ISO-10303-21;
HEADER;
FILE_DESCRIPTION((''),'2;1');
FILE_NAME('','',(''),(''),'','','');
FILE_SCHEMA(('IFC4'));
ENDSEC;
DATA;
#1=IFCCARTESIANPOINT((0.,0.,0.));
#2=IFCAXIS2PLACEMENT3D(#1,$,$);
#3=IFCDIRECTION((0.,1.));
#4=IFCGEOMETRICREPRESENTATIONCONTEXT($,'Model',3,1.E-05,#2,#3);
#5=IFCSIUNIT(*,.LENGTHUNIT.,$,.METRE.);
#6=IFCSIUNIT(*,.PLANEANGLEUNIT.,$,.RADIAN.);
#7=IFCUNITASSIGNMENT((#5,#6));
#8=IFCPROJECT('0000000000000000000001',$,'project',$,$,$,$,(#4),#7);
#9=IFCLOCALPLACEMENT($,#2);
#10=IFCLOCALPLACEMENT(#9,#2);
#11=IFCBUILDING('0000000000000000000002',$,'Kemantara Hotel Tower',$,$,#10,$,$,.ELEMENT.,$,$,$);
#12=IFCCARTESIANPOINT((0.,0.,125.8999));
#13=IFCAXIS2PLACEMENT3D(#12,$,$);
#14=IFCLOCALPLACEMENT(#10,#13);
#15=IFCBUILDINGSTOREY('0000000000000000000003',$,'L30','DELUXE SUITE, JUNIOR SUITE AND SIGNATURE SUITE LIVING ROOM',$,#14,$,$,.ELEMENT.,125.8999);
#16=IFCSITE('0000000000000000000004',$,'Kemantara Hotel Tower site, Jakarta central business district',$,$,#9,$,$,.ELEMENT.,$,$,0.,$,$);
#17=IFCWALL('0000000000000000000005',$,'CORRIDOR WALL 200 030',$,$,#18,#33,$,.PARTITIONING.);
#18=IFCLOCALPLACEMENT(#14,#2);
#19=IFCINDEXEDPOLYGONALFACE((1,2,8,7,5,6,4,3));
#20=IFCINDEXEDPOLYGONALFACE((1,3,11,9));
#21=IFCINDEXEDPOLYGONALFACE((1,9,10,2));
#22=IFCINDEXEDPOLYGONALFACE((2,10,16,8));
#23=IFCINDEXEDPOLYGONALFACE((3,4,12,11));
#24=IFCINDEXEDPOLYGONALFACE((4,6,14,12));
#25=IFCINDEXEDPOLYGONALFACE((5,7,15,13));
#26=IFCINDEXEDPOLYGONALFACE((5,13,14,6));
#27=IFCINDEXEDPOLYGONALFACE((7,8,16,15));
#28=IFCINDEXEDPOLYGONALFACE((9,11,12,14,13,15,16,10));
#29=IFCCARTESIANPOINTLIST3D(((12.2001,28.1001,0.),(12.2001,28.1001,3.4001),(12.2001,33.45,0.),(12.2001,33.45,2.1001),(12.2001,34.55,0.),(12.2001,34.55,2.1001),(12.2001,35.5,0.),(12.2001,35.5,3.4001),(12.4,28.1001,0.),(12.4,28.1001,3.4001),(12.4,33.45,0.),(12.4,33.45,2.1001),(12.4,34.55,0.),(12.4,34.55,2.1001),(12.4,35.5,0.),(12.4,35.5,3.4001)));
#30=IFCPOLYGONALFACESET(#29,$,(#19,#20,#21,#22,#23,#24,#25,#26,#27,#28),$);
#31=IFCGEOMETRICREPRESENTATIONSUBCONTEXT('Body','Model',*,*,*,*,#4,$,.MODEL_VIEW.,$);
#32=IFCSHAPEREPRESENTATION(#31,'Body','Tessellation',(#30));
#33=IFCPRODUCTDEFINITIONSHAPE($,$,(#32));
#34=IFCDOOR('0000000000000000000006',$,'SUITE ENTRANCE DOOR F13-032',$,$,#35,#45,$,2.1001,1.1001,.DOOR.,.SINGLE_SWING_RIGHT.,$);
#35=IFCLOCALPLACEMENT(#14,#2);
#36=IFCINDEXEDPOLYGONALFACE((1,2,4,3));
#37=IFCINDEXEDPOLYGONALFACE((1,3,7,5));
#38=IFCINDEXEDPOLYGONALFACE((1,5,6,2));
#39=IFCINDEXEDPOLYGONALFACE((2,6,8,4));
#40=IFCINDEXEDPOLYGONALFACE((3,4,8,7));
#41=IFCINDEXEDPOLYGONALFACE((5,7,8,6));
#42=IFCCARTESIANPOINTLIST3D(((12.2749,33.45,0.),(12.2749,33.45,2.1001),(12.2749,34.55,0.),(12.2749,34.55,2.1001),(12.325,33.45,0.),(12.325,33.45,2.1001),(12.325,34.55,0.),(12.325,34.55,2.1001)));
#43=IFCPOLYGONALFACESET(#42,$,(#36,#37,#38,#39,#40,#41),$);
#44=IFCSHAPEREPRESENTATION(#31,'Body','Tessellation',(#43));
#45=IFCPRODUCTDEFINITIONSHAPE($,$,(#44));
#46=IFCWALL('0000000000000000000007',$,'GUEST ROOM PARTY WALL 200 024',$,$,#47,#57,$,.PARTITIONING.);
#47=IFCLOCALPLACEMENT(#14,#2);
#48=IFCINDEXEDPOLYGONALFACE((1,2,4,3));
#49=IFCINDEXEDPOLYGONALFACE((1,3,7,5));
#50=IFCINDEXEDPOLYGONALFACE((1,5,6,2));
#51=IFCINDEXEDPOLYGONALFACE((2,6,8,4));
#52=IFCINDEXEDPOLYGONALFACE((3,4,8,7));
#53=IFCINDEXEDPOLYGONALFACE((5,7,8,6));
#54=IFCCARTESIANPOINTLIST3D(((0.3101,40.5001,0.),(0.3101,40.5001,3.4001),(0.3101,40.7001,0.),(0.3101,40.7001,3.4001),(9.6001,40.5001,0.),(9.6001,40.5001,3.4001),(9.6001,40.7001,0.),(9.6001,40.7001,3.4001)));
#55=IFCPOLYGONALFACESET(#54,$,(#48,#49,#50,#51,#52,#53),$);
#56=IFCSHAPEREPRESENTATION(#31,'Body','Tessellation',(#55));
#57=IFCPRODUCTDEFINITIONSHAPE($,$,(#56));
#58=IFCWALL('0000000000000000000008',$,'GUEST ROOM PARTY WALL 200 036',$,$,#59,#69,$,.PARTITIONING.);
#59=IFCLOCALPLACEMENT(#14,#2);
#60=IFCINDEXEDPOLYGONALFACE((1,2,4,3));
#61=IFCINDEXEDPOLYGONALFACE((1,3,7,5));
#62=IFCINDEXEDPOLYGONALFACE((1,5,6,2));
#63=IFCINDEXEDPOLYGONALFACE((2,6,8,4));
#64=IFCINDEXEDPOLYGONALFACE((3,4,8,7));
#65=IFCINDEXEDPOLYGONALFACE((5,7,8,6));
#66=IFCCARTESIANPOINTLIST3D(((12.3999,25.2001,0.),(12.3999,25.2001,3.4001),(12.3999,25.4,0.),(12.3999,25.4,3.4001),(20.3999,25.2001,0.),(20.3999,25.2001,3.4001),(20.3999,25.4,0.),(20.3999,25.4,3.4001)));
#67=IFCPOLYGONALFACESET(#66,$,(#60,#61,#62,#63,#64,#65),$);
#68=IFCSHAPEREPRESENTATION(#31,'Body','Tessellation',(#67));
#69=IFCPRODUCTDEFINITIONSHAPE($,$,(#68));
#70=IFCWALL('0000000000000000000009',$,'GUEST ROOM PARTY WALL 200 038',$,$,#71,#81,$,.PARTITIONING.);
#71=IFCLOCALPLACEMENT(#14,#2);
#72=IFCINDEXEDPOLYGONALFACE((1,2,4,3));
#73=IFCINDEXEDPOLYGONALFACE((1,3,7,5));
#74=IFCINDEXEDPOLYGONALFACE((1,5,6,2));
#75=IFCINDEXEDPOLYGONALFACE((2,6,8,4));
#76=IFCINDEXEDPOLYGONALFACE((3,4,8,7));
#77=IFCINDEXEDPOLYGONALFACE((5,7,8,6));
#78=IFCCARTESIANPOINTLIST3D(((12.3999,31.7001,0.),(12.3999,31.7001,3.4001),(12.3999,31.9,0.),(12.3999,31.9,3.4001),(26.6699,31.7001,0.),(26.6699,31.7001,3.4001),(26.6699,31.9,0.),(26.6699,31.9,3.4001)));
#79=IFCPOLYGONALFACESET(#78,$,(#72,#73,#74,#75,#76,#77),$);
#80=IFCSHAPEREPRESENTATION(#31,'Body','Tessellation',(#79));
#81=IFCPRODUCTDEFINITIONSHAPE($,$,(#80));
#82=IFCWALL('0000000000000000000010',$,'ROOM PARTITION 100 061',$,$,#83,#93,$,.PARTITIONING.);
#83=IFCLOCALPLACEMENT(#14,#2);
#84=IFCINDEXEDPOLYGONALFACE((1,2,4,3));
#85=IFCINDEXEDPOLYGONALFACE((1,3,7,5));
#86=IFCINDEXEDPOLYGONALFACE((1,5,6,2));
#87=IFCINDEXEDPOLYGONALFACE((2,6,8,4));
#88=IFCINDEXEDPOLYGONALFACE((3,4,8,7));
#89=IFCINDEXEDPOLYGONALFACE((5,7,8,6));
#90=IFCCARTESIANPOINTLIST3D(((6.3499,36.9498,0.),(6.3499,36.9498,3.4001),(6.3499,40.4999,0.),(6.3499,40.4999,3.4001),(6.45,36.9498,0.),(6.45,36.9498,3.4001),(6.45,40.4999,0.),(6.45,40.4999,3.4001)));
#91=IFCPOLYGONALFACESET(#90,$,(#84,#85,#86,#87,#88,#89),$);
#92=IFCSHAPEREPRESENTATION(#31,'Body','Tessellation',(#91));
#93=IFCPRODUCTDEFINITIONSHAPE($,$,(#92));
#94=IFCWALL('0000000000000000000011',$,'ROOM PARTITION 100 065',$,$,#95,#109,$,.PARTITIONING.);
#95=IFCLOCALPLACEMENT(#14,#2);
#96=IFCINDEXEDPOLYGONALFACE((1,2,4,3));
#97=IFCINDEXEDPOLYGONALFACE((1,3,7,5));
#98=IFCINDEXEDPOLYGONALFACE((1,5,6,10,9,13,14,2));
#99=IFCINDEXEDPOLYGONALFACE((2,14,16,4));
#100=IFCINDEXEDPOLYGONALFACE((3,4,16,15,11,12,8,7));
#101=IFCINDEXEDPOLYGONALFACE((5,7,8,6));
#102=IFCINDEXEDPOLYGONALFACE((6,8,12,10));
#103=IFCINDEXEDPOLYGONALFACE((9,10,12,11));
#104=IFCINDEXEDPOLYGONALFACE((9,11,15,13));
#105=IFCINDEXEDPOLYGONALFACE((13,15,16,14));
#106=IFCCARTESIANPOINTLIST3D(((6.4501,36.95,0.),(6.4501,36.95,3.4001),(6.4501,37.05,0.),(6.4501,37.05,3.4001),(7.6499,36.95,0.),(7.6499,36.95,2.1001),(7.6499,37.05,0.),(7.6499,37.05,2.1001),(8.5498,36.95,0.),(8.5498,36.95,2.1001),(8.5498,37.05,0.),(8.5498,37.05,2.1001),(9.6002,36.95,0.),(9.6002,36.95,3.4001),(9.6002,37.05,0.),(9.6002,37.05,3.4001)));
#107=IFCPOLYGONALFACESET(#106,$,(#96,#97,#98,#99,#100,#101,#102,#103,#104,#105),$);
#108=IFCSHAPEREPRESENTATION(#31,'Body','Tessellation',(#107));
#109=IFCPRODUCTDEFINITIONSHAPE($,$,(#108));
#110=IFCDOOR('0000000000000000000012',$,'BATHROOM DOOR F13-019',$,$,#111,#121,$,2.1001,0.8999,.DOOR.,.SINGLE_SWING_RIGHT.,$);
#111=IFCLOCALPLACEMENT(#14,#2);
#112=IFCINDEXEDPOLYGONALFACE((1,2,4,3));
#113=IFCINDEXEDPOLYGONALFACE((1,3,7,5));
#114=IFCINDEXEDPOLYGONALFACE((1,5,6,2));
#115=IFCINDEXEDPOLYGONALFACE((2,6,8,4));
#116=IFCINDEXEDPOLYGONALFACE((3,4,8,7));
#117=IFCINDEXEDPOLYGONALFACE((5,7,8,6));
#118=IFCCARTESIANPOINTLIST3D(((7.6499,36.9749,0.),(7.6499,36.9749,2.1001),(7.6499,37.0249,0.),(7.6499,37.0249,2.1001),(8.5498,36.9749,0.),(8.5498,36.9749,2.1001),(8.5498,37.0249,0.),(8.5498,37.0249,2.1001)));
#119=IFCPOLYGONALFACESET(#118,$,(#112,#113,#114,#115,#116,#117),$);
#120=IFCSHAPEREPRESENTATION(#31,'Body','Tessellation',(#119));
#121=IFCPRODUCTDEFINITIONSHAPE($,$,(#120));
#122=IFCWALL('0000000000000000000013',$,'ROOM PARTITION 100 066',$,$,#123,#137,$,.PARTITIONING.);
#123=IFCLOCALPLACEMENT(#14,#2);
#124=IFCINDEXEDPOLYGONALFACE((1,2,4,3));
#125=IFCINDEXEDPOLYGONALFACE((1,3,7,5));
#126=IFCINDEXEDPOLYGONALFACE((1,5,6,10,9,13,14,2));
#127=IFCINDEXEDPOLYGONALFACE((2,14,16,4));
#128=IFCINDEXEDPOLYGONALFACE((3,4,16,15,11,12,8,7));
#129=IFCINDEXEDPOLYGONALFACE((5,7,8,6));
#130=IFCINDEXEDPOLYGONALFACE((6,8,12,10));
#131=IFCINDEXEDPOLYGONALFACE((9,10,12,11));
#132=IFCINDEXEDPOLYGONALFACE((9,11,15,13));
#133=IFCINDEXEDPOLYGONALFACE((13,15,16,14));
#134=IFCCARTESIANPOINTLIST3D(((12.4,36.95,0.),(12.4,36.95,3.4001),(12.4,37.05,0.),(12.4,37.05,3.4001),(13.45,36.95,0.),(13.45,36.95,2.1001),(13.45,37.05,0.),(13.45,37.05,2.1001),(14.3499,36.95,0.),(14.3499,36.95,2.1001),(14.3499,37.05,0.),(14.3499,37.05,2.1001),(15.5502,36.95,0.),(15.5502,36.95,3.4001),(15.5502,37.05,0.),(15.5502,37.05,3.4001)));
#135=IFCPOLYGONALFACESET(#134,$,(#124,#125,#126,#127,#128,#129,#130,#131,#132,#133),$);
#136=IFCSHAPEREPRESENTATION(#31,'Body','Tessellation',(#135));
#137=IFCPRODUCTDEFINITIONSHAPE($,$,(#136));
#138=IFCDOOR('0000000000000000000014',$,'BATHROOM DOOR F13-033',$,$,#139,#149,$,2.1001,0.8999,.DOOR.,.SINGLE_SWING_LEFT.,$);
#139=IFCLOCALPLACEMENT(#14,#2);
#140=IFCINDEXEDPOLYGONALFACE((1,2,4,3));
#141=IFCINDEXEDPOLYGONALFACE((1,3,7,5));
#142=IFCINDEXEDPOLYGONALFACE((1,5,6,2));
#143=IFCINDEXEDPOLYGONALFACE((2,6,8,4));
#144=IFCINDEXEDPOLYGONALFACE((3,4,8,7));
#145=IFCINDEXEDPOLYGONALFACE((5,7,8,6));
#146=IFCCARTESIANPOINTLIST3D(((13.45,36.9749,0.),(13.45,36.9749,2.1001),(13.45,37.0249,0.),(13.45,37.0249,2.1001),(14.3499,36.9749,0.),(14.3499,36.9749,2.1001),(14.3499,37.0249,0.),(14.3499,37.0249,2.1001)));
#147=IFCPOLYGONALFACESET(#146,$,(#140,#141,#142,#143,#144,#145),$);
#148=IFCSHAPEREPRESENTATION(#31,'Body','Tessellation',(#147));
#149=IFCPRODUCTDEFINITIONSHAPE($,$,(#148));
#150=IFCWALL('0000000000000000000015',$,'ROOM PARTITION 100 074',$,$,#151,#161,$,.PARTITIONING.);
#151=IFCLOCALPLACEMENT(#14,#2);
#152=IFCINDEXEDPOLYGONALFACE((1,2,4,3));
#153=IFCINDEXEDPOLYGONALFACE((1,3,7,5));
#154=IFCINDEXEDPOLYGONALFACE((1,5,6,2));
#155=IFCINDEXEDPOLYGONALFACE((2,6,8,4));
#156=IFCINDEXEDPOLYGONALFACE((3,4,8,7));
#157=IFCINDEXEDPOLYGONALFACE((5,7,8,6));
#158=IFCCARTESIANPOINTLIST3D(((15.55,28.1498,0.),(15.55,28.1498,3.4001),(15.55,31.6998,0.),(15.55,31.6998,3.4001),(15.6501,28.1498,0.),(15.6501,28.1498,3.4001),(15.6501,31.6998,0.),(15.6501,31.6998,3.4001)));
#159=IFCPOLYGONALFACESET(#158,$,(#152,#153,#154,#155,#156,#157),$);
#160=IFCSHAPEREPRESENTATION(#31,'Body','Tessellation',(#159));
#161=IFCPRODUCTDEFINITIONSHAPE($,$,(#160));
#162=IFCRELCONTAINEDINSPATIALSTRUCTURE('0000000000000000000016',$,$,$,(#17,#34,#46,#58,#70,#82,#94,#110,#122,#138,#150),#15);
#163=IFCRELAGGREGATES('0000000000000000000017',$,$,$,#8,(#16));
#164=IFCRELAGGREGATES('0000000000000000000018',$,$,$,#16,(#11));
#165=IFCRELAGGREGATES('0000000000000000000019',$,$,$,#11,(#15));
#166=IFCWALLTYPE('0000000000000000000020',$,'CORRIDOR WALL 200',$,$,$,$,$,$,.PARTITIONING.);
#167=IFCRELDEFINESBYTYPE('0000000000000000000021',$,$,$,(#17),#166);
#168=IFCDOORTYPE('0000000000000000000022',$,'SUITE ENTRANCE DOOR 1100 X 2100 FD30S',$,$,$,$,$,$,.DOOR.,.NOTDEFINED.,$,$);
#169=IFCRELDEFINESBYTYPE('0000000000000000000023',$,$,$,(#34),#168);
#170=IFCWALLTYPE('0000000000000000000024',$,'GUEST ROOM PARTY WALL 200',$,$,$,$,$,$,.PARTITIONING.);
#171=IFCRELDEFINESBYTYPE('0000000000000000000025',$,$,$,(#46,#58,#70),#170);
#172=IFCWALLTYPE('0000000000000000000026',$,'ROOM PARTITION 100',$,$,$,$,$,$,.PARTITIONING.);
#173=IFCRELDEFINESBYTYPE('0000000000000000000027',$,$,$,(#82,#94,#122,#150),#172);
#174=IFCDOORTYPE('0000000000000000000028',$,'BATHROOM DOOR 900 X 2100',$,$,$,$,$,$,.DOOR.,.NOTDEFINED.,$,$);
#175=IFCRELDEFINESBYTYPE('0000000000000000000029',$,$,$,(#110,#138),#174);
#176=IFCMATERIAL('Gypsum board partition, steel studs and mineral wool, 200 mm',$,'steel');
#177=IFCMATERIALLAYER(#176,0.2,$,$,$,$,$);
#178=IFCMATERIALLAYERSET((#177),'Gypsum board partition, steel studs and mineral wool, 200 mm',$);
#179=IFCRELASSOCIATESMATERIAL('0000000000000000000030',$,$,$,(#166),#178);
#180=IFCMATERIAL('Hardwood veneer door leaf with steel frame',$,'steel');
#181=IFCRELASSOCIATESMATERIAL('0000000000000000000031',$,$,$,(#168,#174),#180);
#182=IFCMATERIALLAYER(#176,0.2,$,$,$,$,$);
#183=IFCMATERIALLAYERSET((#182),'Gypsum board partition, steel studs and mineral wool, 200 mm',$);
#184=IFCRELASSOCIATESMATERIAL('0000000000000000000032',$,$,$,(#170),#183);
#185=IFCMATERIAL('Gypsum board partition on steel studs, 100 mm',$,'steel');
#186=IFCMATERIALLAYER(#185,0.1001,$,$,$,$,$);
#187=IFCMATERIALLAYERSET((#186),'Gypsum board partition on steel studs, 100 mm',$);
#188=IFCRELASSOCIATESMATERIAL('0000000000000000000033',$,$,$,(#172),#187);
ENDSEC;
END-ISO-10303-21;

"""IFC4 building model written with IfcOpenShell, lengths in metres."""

from ifc_helpers import new_model, si_unit, direction, frame, frame_2d, origin, place, context, subcontext, project, spatial, rectangle, extrude, material, layer, layer_set, type_object, element, fill, save


model = new_model("IFC4")

# Units and contexts
model_context = context("Model", 3, precision=1e-05, world=origin(), true_north=direction((0.0, 1.0)))
body_context = subcontext(model_context, "Body", "Model", "MODEL_VIEW")
ifc_project = project(units=[si_unit("LENGTHUNIT", "METRE"), si_unit("PLANEANGLEUNIT", "RADIAN")], contexts=[model_context])

# Site, building, storey
site_placement = place(None, origin())
site = spatial("IfcSite", under=ifc_project, at=site_placement, Name="Kemantara Hotel Tower site, Jakarta central business district", CompositionType="ELEMENT", RefElevation=0.0)
building_placement = place(site_placement, origin())
building = spatial("IfcBuilding", under=site, at=building_placement, Name="Kemantara Hotel Tower", CompositionType="ELEMENT")
storey_placement = place(building_placement, frame((0.0, 0.0, 125.8999)))
storey = spatial("IfcBuildingStorey", under=building, at=storey_placement, Name="L30", Description="DELUXE SUITE, JUNIOR SUITE AND SIGNATURE SUITE LIVING ROOM", CompositionType="ELEMENT", Elevation=125.8999)

# Shared definitions
ifc_material_1 = material(Name="Gypsum board partition, steel studs and mineral wool, 200 mm", Category="steel")
ifc_layer_1 = layer(ifc_material_1, 0.2)
ifc_layer_set_1 = layer_set([ifc_layer_1], Name="Gypsum board partition, steel studs and mineral wool, 200 mm")
wall_type_1 = type_object("IfcWallType", Name="CORRIDOR WALL 200", PredefinedType="PARTITIONING", material=ifc_layer_set_1)

# Wall, opening, door
ifc_material_2 = material(Name="Hardwood veneer door leaf with steel frame", Category="steel")
door_type_1 = type_object("IfcDoorType", Name="SUITE ENTRANCE DOOR 1100 X 2100 FD30S", OperationType="NOTDEFINED", PredefinedType="DOOR", material=ifc_material_2)
wall_1_placement = place(storey_placement, frame((12.3, 35.5, 0.0), z_axis=(0.0, 0.0, 1.0), x_axis=(0.0, -1.0, 0.0)))
wall_1 = element("IfcWall", 1, at=wall_1_placement, inside=storey, type_object=wall_type_1, Name="CORRIDOR WALL 200 030", PredefinedType="PARTITIONING", context=body_context, shape_type="SweptSolid", body=[
    extrude(rectangle(XDim=7.3999, YDim=0.2, at=frame_2d((3.7, 0.0))), origin(), (0.0, 0.0, 1.0), 3.4001),
])
opening_1_placement = place(wall_1_placement, frame((0.95, 0.0, 0.0)))
opening_1 = element("IfcOpeningElement", 2, at=opening_1_placement, cuts=wall_1, PredefinedType="OPENING", context=body_context, shape_type="SweptSolid", body=[
    extrude(rectangle(XDim=1.1001, YDim=2.1001, at=frame_2d((0.55, 1.05))), frame((0.0, 0.1099, 0.0), z_axis=(0.0, -1.0, 0.0), x_axis=(1.0, 0.0, 0.0)), (0.0, 0.0, 1.0), 0.22),
])
door_1_placement = place(opening_1_placement, origin())
door_1 = element("IfcDoor", 3, at=door_1_placement, inside=storey, type_object=door_type_1, Name="SUITE ENTRANCE DOOR F13-032", OperationType="SINGLE_SWING_RIGHT", OverallHeight=2.1001, OverallWidth=1.1001, PredefinedType="DOOR", context=body_context, shape_type="SweptSolid", body=[
    extrude(rectangle(XDim=1.1001, YDim=2.1001, at=frame_2d((0.55, 1.05))), frame((0.0, 0.0249, 0.0), z_axis=(0.0, -1.0, 0.0), x_axis=(1.0, 0.0, 0.0)), (0.0, 0.0, 1.0), 0.05),
])
fill(opening_1, door_1)

# Walls
ifc_layer_2 = layer(ifc_material_1, 0.2)
ifc_layer_set_2 = layer_set([ifc_layer_2], Name="Gypsum board partition, steel studs and mineral wool, 200 mm")
wall_type_2 = type_object("IfcWallType", Name="GUEST ROOM PARTY WALL 200", PredefinedType="PARTITIONING", material=ifc_layer_set_2)
wall_2_placement = place(storey_placement, frame((0.3101, 40.6001, 0.0), z_axis=(0.0, 0.0, 1.0), x_axis=(1.0, 0.0, 0.0)))
element("IfcWall", 4, at=wall_2_placement, inside=storey, type_object=wall_type_2, Name="GUEST ROOM PARTY WALL 200 024", PredefinedType="PARTITIONING", context=body_context, shape_type="SweptSolid", body=[
    extrude(rectangle(XDim=9.29, YDim=0.2, at=frame_2d((4.645, 0.0))), origin(), (0.0, 0.0, 1.0), 3.4001),
])
wall_3_placement = place(storey_placement, frame((12.3999, 25.3, 0.0), z_axis=(0.0, 0.0, 1.0), x_axis=(1.0, 0.0, 0.0)))
element("IfcWall", 5, at=wall_3_placement, inside=storey, type_object=wall_type_2, Name="GUEST ROOM PARTY WALL 200 036", PredefinedType="PARTITIONING", context=body_context, shape_type="SweptSolid", body=[
    extrude(rectangle(XDim=8.0, YDim=0.2, at=frame_2d((4.0, 0.0))), origin(), (0.0, 0.0, 1.0), 3.4001),
])
wall_4_placement = place(storey_placement, frame((12.3999, 31.8, 0.0), z_axis=(0.0, 0.0, 1.0), x_axis=(1.0, 0.0, 0.0)))
element("IfcWall", 6, at=wall_4_placement, inside=storey, type_object=wall_type_2, Name="GUEST ROOM PARTY WALL 200 038", PredefinedType="PARTITIONING", context=body_context, shape_type="SweptSolid", body=[
    extrude(rectangle(XDim=14.27, YDim=0.2, at=frame_2d((7.135, 0.0))), origin(), (0.0, 0.0, 1.0), 3.4001),
])
ifc_material_3 = material(Name="Gypsum board partition on steel studs, 100 mm", Category="steel")
ifc_layer_3 = layer(ifc_material_3, 0.1001)
ifc_layer_set_3 = layer_set([ifc_layer_3], Name="Gypsum board partition on steel studs, 100 mm")
wall_type_3 = type_object("IfcWallType", Name="ROOM PARTITION 100", PredefinedType="PARTITIONING", material=ifc_layer_set_3)
wall_5_placement = place(storey_placement, frame((6.3999, 36.95, 0.0), z_axis=(0.0, 0.0, 1.0), x_axis=(0.0, 1.0, 0.0)))
element("IfcWall", 7, at=wall_5_placement, inside=storey, type_object=wall_type_3, Name="ROOM PARTITION 100 061", PredefinedType="PARTITIONING", context=body_context, shape_type="SweptSolid", body=[
    extrude(rectangle(XDim=3.55, YDim=0.1001, at=frame_2d((1.7749, 0.0))), origin(), (0.0, 0.0, 1.0), 3.4001),
])

# Walls, openings, doors
wall_6_placement = place(storey_placement, frame((6.45, 37.0, 0.0), z_axis=(0.0, 0.0, 1.0), x_axis=(1.0, 0.0, 0.0)))
wall_6 = element("IfcWall", 8, at=wall_6_placement, inside=storey, type_object=wall_type_3, Name="ROOM PARTITION 100 065", PredefinedType="PARTITIONING", context=body_context, shape_type="SweptSolid", body=[
    extrude(rectangle(XDim=3.1501, YDim=0.1001, at=frame_2d((1.5752, 0.0))), origin(), (0.0, 0.0, 1.0), 3.4001),
])
opening_2_placement = place(wall_6_placement, frame((1.2, 0.0, 0.0)))
opening_2 = element("IfcOpeningElement", 9, at=opening_2_placement, cuts=wall_6, PredefinedType="OPENING", context=body_context, shape_type="SweptSolid", body=[
    extrude(rectangle(XDim=0.8999, YDim=2.1001, at=frame_2d((0.45, 1.05))), frame((0.0, 0.0601, 0.0), z_axis=(0.0, -1.0, 0.0), x_axis=(1.0, 0.0, 0.0)), (0.0, 0.0, 1.0), 0.1201),
])
door_type_2 = type_object("IfcDoorType", Name="BATHROOM DOOR 900 X 2100", OperationType="NOTDEFINED", PredefinedType="DOOR", material=ifc_material_2)
door_2_placement = place(opening_2_placement, origin())
door_2 = element("IfcDoor", 10, at=door_2_placement, inside=storey, type_object=door_type_2, Name="BATHROOM DOOR F13-019", OperationType="SINGLE_SWING_RIGHT", OverallHeight=2.1001, OverallWidth=0.8999, PredefinedType="DOOR", context=body_context, shape_type="SweptSolid", body=[
    extrude(rectangle(XDim=0.8999, YDim=2.1001, at=frame_2d((0.45, 1.05))), frame((0.0, 0.0249, 0.0), z_axis=(0.0, -1.0, 0.0), x_axis=(1.0, 0.0, 0.0)), (0.0, 0.0, 1.0), 0.05),
])
fill(opening_2, door_2)
wall_7_placement = place(storey_placement, frame((12.3999, 37.0, 0.0), z_axis=(0.0, 0.0, 1.0), x_axis=(1.0, 0.0, 0.0)))
wall_7 = element("IfcWall", 11, at=wall_7_placement, inside=storey, type_object=wall_type_3, Name="ROOM PARTITION 100 066", PredefinedType="PARTITIONING", context=body_context, shape_type="SweptSolid", body=[
    extrude(rectangle(XDim=3.1501, YDim=0.1001, at=frame_2d((1.5752, 0.0))), origin(), (0.0, 0.0, 1.0), 3.4001),
])
opening_3_placement = place(wall_7_placement, frame((1.05, 0.0, 0.0)))
opening_3 = element("IfcOpeningElement", 12, at=opening_3_placement, cuts=wall_7, PredefinedType="OPENING", context=body_context, shape_type="SweptSolid", body=[
    extrude(rectangle(XDim=0.8999, YDim=2.1001, at=frame_2d((0.45, 1.05))), frame((0.0, 0.0601, 0.0), z_axis=(0.0, -1.0, 0.0), x_axis=(1.0, 0.0, 0.0)), (0.0, 0.0, 1.0), 0.1201),
])
door_3_placement = place(opening_3_placement, origin())
door_3 = element("IfcDoor", 13, at=door_3_placement, inside=storey, type_object=door_type_2, Name="BATHROOM DOOR F13-033", OperationType="SINGLE_SWING_LEFT", OverallHeight=2.1001, OverallWidth=0.8999, PredefinedType="DOOR", context=body_context, shape_type="SweptSolid", body=[
    extrude(rectangle(XDim=0.8999, YDim=2.1001, at=frame_2d((0.45, 1.05))), frame((0.0, 0.0249, 0.0), z_axis=(0.0, -1.0, 0.0), x_axis=(1.0, 0.0, 0.0)), (0.0, 0.0, 1.0), 0.05),
])
fill(opening_3, door_3)

# Wall
wall_8_placement = place(storey_placement, frame((15.6001, 28.1499, 0.0), z_axis=(0.0, 0.0, 1.0), x_axis=(0.0, 1.0, 0.0)))
element("IfcWall", 14, at=wall_8_placement, inside=storey, type_object=wall_type_3, Name="ROOM PARTITION 100 074", PredefinedType="PARTITIONING", context=body_context, shape_type="SweptSolid", body=[
    extrude(rectangle(XDim=3.55, YDim=0.1001, at=frame_2d((1.7749, 0.0))), origin(), (0.0, 0.0, 1.0), 3.4001),
])

save(model, "model.ifc")
